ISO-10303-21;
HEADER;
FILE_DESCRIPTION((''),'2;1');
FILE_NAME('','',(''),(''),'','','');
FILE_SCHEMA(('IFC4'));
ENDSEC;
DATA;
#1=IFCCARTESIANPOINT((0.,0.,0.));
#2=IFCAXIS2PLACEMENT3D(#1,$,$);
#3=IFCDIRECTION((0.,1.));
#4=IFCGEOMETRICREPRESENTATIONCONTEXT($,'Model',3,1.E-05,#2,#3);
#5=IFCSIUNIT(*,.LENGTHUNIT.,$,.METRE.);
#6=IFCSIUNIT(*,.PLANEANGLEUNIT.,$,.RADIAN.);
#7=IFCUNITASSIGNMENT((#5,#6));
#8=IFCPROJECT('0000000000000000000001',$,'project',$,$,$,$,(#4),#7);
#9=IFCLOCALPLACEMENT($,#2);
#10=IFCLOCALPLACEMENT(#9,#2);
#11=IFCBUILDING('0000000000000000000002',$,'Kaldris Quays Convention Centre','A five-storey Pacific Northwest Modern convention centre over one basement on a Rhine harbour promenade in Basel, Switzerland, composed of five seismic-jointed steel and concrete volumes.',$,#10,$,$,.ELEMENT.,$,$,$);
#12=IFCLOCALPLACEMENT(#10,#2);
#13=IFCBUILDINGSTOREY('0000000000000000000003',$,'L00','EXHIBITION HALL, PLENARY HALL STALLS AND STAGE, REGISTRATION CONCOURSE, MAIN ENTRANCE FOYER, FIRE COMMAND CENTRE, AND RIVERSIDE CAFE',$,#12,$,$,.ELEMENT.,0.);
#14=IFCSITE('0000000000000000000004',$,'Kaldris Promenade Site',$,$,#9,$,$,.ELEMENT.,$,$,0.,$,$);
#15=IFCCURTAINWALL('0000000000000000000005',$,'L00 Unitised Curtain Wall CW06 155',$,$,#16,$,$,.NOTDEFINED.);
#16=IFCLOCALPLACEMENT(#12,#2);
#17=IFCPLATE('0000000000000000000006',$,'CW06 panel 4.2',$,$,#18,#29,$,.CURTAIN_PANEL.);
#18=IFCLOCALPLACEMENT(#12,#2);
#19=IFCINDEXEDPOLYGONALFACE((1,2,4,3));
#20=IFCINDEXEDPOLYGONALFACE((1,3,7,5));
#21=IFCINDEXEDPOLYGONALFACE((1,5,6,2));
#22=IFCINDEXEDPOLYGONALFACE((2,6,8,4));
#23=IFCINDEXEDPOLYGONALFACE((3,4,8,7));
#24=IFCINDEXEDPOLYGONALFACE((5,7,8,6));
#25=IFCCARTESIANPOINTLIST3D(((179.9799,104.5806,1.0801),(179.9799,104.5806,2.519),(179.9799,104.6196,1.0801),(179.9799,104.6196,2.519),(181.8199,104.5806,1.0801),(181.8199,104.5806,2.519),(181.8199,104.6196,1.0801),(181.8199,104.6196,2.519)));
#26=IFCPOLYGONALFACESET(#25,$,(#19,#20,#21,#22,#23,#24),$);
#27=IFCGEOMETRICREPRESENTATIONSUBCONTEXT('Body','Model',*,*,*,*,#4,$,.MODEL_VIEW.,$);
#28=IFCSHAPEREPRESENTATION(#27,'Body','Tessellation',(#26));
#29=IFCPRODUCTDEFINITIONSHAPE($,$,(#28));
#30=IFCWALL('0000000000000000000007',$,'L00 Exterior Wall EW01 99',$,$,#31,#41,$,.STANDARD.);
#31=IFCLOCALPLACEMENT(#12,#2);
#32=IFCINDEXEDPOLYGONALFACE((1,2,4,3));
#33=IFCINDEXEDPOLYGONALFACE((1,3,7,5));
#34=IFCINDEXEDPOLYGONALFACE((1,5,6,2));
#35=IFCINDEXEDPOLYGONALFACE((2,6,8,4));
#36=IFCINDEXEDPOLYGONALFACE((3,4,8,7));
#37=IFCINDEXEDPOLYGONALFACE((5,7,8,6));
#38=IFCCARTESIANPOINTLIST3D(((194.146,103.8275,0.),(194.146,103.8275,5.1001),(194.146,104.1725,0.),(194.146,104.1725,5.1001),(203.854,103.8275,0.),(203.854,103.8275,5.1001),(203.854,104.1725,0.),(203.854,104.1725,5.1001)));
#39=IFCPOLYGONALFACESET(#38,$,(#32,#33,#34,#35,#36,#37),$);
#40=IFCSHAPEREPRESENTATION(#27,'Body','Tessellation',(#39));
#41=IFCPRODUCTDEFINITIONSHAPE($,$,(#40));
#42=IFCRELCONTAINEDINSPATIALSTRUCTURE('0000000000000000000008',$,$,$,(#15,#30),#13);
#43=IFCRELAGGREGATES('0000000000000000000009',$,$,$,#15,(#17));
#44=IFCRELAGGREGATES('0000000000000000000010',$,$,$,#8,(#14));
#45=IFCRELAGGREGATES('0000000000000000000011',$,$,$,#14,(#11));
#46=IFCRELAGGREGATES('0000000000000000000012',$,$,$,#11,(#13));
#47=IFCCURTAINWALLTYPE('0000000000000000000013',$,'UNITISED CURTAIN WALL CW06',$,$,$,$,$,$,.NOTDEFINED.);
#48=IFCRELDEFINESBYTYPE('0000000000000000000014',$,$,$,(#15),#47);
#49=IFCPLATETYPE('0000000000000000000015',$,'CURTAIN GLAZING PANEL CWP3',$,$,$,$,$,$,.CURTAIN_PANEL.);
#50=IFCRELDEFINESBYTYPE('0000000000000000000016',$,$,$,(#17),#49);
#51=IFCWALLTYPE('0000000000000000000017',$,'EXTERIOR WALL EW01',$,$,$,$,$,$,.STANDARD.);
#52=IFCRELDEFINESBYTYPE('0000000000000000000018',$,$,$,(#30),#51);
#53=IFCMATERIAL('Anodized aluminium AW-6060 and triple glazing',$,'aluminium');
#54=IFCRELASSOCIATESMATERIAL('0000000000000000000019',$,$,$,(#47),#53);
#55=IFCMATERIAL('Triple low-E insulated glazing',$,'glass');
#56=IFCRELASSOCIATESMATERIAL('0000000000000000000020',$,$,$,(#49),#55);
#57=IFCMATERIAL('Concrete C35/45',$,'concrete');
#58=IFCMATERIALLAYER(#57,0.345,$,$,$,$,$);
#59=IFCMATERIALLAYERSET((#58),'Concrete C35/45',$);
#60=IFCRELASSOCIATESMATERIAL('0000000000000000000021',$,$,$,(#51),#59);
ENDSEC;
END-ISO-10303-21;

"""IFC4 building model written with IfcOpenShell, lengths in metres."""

from ifc_helpers import new_model, si_unit, direction, frame, frame_2d, origin, origin_2d, place, context, subcontext, project, spatial, rectangle, extrude, material, layer, layer_set, type_object, element, aggregate, save


model = new_model("IFC4")

# Units and contexts
model_context = context("Model", 3, precision=1e-05, world=origin(), true_north=direction((0.0, 1.0)))
body_context = subcontext(model_context, "Body", "Model", "MODEL_VIEW")
ifc_project = project(units=[si_unit("LENGTHUNIT", "METRE"), si_unit("PLANEANGLEUNIT", "RADIAN")], contexts=[model_context])

# Site, building, storey
site_placement = place(None, origin())
site = spatial("IfcSite", under=ifc_project, at=site_placement, Name="Kaldris Promenade Site", CompositionType="ELEMENT", RefElevation=0.0)
building_placement = place(site_placement, origin())
building = spatial("IfcBuilding", under=site, at=building_placement, Name="Kaldris Quays Convention Centre", Description="A five-storey Pacific Northwest Modern convention centre over one basement on a Rhine harbour promenade in Basel, Switzerland, composed of five seismic-jointed steel and concrete volumes.", CompositionType="ELEMENT")
storey_placement = place(building_placement, origin())
storey = spatial("IfcBuildingStorey", under=building, at=storey_placement, Name="L00", Description="EXHIBITION HALL, PLENARY HALL STALLS AND STAGE, REGISTRATION CONCOURSE, MAIN ENTRANCE FOYER, FIRE COMMAND CENTRE, AND RIVERSIDE CAFE", CompositionType="ELEMENT", Elevation=0.0)

# Curtain wall, plate
ifc_material_1 = material(Name="Anodized aluminium AW-6060 and triple glazing", Category="aluminium")
curtain_wall_type = type_object("IfcCurtainWallType", Name="UNITISED CURTAIN WALL CW06", PredefinedType="NOTDEFINED", material=ifc_material_1)
curtain_wall_placement = place(storey_placement, origin())
curtain_wall = element("IfcCurtainWall", 1, at=curtain_wall_placement, inside=storey, type_object=curtain_wall_type, Name="L00 Unitised Curtain Wall CW06 155", PredefinedType="NOTDEFINED")
ifc_material_2 = material(Name="Triple low-E insulated glazing", Category="glass")
plate_type = type_object("IfcPlateType", Name="CURTAIN GLAZING PANEL CWP3", PredefinedType="CURTAIN_PANEL", material=ifc_material_2)
plate_1_placement = place(storey_placement, frame((180.8999, 104.6001, 1.0801), z_axis=(0.0, 0.0, 1.0), x_axis=(1.0, 0.0, 0.0)))
plate_1 = element("IfcPlate", 2, at=plate_1_placement, type_object=plate_type, Name="CW06 panel 4.2", PredefinedType="CURTAIN_PANEL", context=body_context, shape_type="SweptSolid", body=[
    extrude(rectangle(XDim=1.8401, YDim=0.0391, at=origin_2d()), origin(), (0.0, 0.0, 1.0), 1.439),
])
aggregate(curtain_wall, [plate_1])

# Wall
ifc_material_3 = material(Name="Concrete C35/45", Category="concrete")
ifc_layer = layer(ifc_material_3, 0.345)
ifc_layer_set = layer_set([ifc_layer], Name="Concrete C35/45")
wall_type = type_object("IfcWallType", Name="EXTERIOR WALL EW01", PredefinedType="STANDARD", material=ifc_layer_set)
wall_placement = place(storey_placement, frame((194.146, 104.0, 0.0), z_axis=(0.0, 0.0, 1.0), x_axis=(1.0, 0.0, 0.0)))
element("IfcWall", 3, at=wall_placement, inside=storey, type_object=wall_type, Name="L00 Exterior Wall EW01 99", PredefinedType="STANDARD", context=body_context, shape_type="SweptSolid", body=[
    extrude(rectangle(XDim=9.708, YDim=0.345, at=frame_2d((4.854, 0.0))), origin(), (0.0, 0.0, 1.0), 5.1001),
])

save(model, "model.ifc")
